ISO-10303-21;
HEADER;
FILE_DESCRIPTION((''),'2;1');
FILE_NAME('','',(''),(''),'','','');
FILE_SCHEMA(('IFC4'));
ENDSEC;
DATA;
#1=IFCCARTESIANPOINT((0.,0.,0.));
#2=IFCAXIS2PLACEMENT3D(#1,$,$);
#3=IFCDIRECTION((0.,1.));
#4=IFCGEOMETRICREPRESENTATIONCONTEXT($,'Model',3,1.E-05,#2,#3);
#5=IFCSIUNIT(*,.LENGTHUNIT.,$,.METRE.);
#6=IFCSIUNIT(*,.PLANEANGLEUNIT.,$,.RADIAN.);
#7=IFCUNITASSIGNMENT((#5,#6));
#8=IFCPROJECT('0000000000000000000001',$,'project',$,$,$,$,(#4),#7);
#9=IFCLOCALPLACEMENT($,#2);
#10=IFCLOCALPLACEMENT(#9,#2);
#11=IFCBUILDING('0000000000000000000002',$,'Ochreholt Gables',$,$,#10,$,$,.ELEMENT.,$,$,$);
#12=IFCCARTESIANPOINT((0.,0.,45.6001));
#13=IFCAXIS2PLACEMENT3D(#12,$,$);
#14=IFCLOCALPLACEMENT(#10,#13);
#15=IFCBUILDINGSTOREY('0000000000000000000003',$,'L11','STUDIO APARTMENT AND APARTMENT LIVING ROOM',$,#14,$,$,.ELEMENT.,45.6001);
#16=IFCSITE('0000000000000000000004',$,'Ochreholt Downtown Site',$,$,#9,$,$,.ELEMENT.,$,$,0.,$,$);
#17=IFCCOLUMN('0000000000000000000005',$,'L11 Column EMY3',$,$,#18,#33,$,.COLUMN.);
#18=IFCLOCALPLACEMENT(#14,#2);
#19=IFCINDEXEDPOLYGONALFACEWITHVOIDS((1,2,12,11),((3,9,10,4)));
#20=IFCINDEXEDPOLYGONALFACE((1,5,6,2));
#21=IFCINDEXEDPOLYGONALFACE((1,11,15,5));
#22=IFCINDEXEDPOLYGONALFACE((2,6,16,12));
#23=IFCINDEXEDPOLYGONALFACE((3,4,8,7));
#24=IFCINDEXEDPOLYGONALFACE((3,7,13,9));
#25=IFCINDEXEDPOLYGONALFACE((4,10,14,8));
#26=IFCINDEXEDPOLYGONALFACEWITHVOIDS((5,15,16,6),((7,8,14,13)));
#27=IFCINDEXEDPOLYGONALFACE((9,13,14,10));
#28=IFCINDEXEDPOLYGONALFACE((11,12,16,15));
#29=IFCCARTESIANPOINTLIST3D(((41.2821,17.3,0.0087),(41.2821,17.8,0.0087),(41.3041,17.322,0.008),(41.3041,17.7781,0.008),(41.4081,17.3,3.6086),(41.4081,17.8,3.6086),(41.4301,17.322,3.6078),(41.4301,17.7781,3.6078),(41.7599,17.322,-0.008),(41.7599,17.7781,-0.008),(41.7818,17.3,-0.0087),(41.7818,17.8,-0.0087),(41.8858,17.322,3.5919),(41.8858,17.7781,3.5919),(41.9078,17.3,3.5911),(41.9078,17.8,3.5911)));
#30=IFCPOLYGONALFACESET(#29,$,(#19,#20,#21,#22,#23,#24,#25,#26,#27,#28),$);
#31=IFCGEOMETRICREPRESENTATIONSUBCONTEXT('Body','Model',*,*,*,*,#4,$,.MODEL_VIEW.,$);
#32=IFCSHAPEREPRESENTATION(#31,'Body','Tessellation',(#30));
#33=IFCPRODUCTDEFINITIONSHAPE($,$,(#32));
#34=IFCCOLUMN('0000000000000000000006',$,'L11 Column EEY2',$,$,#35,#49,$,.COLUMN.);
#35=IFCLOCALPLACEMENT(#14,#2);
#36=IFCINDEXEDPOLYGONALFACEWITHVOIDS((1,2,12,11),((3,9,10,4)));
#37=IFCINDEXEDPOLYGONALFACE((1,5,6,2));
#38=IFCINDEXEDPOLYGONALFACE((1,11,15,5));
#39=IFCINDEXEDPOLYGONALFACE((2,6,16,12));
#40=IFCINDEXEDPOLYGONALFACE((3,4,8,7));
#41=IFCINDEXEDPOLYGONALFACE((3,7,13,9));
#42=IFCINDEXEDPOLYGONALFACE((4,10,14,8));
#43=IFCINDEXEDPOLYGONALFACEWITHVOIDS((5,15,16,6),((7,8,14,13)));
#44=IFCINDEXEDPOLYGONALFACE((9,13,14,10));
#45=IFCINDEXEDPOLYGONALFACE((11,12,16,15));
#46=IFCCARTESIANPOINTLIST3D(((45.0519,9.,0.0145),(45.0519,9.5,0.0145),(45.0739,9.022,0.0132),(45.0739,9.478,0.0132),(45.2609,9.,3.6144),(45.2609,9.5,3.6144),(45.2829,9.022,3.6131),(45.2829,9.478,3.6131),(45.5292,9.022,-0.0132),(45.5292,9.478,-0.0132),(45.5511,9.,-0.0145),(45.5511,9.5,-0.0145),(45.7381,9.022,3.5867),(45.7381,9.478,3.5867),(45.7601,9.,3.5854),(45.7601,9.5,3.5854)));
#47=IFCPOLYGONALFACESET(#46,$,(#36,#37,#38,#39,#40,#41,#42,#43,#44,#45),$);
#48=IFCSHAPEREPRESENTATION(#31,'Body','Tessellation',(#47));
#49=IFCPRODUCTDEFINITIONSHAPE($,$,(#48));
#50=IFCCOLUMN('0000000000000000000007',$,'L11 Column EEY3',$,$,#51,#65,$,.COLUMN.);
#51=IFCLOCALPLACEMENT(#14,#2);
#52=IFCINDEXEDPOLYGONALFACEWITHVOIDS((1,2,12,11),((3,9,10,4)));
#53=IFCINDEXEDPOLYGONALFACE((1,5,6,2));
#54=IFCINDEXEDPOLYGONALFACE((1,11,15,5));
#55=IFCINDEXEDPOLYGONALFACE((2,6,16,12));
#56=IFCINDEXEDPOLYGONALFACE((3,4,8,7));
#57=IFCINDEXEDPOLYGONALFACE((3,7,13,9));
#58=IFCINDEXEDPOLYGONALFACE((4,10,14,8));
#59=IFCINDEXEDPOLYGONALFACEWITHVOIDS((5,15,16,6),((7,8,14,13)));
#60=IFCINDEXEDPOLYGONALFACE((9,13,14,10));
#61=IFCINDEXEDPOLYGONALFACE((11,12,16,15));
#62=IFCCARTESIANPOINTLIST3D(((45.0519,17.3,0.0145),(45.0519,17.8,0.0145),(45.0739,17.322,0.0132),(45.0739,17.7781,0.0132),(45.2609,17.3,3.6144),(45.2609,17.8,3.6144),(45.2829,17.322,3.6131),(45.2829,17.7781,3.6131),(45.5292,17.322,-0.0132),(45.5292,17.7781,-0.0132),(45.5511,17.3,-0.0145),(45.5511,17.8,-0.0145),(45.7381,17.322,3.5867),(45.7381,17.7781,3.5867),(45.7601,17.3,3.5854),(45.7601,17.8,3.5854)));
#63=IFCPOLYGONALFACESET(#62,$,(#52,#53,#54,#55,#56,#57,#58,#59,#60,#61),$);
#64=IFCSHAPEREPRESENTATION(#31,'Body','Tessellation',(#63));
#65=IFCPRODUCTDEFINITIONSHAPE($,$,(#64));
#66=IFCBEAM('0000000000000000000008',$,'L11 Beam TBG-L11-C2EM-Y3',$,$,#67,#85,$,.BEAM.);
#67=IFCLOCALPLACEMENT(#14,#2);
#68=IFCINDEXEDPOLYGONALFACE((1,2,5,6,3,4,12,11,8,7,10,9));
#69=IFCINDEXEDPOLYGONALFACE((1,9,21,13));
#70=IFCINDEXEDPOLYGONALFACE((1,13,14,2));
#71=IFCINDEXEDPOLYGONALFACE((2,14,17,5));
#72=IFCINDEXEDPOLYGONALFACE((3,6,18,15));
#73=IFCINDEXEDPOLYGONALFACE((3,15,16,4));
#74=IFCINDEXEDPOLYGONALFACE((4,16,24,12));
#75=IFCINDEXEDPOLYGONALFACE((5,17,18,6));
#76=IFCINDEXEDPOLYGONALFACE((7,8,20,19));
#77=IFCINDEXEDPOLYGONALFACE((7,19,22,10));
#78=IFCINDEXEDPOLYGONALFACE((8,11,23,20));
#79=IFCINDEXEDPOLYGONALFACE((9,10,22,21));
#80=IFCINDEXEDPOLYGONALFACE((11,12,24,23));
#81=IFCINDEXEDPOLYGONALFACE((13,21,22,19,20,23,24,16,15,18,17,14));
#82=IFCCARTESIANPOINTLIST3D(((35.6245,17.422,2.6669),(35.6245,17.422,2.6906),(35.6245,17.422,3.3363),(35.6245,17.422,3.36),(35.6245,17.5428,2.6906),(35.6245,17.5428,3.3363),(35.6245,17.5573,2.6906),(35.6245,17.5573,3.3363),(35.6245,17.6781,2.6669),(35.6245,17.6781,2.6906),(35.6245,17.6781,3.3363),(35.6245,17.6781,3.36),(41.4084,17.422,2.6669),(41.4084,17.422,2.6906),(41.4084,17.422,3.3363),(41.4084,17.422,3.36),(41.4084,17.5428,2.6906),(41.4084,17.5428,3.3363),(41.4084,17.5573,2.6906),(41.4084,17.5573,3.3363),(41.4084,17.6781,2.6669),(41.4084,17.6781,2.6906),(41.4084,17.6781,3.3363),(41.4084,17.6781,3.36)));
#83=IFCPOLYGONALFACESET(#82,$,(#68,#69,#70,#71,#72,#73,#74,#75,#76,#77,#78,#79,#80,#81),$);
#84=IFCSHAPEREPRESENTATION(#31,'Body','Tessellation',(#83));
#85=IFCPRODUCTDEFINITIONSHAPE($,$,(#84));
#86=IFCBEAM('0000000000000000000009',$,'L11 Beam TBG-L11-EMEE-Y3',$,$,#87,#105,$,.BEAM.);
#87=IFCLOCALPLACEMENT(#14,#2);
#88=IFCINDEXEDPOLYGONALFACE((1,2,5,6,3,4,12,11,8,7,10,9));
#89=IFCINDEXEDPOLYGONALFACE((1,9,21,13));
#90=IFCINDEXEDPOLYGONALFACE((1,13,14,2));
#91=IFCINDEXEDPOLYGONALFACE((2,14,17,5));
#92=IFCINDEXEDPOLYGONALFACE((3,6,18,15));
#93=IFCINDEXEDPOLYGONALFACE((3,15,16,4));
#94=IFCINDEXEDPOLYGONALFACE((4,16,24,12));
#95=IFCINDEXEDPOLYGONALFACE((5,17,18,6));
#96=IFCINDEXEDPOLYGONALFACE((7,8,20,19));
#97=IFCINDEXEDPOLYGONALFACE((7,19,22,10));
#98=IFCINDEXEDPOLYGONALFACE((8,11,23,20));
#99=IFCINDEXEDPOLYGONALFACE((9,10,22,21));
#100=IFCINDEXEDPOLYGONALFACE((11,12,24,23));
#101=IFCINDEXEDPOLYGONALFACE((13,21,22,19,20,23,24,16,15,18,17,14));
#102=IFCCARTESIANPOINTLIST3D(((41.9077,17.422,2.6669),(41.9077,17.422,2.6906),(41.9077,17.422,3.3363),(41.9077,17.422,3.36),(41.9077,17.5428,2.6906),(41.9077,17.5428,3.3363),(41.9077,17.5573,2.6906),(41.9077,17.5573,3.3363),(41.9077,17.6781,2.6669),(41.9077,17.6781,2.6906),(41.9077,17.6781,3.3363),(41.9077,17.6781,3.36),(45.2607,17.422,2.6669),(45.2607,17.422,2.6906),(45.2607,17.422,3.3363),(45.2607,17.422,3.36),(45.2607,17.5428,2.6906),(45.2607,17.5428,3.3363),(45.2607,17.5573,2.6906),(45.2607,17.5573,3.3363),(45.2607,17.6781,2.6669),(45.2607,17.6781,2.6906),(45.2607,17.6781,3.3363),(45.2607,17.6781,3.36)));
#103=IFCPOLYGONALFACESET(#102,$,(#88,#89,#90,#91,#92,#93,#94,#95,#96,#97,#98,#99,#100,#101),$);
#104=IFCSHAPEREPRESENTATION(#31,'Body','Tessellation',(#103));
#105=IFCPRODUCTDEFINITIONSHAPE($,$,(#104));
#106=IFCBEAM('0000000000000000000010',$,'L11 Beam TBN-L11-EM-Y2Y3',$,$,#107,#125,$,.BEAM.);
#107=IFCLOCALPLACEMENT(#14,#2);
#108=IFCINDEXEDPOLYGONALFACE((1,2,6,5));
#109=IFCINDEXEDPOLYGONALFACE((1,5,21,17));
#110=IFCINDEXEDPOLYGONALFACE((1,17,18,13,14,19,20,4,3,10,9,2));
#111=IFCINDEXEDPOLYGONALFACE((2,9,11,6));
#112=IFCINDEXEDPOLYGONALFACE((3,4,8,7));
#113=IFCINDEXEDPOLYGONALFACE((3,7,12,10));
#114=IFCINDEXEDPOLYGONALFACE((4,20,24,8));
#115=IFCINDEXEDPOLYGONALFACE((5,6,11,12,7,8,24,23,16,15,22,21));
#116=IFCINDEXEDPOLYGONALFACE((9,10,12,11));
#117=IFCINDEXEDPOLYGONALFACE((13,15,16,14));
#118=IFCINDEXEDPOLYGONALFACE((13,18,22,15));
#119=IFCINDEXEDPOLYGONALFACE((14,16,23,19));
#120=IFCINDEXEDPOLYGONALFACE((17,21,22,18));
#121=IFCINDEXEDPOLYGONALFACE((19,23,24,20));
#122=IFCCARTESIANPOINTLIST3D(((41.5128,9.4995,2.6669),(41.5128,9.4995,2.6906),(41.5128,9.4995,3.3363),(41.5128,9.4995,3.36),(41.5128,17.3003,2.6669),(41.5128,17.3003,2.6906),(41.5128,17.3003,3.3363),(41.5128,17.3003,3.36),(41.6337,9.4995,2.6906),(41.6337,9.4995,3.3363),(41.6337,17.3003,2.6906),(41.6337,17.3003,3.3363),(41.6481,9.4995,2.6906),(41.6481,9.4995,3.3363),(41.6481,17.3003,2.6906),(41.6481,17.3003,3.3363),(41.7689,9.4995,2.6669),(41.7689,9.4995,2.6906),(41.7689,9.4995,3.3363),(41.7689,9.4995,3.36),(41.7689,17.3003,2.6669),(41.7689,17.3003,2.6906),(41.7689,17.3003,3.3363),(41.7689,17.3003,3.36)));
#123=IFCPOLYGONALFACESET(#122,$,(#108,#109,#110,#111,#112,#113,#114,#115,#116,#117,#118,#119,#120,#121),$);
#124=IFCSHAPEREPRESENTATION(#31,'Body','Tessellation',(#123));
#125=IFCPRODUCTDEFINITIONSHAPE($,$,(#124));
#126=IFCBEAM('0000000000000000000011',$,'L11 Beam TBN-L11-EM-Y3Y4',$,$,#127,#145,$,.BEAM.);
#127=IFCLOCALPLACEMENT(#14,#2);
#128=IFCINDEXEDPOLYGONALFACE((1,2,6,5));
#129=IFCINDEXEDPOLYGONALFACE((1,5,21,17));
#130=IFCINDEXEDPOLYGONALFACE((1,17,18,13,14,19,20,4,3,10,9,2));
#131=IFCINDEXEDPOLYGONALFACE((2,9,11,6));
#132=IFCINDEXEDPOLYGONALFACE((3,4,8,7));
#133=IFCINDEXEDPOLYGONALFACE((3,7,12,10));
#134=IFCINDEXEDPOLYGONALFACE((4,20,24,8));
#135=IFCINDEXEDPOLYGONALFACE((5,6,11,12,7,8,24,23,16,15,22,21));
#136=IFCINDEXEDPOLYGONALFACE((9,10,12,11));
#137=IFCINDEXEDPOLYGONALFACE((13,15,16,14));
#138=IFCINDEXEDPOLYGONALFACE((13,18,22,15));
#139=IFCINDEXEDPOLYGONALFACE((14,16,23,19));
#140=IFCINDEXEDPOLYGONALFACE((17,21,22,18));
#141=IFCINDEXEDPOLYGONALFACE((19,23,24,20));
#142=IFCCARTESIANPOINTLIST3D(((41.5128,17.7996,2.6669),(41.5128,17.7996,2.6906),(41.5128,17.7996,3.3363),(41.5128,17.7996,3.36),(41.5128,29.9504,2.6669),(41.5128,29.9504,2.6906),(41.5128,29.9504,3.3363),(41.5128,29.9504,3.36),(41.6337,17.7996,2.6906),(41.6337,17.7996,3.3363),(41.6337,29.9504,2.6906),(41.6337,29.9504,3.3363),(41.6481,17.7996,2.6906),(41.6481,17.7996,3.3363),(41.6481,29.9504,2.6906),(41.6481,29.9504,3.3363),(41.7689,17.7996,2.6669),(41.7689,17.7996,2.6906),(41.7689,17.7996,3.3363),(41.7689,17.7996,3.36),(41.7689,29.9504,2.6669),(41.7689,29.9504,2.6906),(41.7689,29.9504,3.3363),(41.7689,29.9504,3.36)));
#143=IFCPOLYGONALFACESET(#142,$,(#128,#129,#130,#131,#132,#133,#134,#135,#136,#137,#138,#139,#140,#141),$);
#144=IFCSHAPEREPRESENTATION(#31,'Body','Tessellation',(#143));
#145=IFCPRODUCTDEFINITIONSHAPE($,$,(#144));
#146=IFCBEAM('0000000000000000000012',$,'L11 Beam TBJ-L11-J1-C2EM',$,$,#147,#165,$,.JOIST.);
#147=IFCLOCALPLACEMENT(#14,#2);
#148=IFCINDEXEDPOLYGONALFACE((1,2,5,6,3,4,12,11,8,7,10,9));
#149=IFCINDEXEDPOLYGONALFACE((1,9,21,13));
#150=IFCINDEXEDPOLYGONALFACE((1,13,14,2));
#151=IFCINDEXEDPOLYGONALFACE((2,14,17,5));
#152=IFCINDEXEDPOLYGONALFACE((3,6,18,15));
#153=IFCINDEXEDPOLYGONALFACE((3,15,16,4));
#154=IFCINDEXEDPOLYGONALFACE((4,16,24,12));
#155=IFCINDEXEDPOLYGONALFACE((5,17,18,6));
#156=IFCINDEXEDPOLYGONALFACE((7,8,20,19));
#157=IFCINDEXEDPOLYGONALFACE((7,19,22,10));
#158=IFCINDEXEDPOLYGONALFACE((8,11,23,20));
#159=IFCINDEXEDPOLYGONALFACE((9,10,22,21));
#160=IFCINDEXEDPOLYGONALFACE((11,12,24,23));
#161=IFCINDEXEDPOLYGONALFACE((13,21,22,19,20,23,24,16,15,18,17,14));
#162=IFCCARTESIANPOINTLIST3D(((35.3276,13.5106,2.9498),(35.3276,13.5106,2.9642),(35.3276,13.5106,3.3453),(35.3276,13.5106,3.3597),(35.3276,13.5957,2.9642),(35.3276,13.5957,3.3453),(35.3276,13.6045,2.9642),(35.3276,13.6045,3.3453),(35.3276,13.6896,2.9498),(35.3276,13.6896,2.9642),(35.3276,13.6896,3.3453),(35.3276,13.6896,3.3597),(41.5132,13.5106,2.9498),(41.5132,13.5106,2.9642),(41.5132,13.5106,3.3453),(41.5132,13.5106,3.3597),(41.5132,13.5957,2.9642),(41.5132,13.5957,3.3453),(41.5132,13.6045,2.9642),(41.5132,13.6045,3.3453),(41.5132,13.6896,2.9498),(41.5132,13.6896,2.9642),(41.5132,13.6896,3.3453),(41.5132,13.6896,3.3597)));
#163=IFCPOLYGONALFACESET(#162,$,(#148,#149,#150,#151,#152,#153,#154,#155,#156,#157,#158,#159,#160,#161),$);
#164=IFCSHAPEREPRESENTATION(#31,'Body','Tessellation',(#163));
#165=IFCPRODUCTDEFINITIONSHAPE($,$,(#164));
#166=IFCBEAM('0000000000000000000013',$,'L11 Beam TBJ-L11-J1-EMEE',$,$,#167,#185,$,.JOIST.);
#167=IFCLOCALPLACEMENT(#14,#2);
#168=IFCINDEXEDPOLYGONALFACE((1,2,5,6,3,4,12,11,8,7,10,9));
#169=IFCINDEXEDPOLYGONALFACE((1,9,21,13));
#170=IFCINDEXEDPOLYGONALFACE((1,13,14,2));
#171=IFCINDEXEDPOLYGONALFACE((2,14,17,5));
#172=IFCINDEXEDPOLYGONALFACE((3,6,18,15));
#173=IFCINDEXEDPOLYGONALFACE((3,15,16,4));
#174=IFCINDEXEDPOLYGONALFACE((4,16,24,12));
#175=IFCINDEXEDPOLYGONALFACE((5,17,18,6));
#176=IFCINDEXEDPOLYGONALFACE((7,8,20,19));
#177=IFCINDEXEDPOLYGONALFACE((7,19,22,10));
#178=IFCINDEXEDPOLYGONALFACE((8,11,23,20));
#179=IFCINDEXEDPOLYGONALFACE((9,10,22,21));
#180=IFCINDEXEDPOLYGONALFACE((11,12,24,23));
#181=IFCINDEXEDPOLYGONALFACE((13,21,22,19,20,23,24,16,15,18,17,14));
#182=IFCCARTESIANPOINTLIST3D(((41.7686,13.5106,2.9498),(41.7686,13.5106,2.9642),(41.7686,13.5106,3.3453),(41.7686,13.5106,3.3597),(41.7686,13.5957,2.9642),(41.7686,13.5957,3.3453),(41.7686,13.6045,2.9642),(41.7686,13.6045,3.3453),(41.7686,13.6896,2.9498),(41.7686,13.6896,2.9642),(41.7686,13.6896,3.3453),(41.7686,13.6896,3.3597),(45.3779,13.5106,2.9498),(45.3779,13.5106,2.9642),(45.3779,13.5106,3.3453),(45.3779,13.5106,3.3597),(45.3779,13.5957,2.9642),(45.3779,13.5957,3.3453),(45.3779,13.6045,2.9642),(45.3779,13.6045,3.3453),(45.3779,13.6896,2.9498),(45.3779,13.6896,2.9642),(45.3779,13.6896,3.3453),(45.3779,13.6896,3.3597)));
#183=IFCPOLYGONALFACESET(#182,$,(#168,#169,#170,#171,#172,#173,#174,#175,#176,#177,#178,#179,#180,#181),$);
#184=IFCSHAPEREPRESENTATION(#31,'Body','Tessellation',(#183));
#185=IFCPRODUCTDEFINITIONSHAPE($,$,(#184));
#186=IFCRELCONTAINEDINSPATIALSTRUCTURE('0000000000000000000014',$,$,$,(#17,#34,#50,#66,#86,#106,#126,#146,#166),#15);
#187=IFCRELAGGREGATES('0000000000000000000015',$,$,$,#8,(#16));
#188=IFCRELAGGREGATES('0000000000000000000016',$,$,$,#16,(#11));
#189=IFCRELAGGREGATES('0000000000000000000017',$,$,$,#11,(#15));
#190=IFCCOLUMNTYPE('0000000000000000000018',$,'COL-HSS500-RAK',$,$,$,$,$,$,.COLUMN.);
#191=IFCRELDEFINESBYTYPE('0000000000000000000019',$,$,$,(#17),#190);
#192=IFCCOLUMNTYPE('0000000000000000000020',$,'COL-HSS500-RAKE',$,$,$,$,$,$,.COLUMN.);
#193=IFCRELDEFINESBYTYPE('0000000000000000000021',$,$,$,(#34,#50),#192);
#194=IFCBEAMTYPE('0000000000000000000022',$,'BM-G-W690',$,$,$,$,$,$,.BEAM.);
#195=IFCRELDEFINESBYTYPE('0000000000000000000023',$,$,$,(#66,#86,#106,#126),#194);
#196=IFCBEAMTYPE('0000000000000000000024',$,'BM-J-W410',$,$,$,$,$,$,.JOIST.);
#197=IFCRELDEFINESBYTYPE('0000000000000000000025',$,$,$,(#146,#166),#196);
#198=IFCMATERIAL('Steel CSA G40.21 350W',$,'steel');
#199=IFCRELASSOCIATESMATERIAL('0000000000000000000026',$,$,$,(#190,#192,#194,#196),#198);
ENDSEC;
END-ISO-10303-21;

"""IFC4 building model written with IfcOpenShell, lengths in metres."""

from ifc_helpers import new_model, si_unit, direction, frame, origin, origin_2d, place, context, subcontext, project, spatial, hollow_rectangle, i_section, extrude, material, material_profile, profile_set, type_object, element, save


model = new_model("IFC4")

# Units and contexts
model_context = context("Model", 3, precision=1e-05, world=origin(), true_north=direction((0.0, 1.0)))
body_context = subcontext(model_context, "Body", "Model", "MODEL_VIEW")
ifc_project = project(units=[si_unit("LENGTHUNIT", "METRE"), si_unit("PLANEANGLEUNIT", "RADIAN")], contexts=[model_context])

# Site, building, storey
site_placement = place(None, origin())
site = spatial("IfcSite", under=ifc_project, at=site_placement, Name="Ochreholt Downtown Site", CompositionType="ELEMENT", RefElevation=0.0)
building_placement = place(site_placement, origin())
building = spatial("IfcBuilding", under=site, at=building_placement, Name="Ochreholt Gables", CompositionType="ELEMENT")
storey_placement = place(building_placement, frame((0.0, 0.0, 45.6001)))
storey = spatial("IfcBuildingStorey", under=building, at=storey_placement, Name="L11", Description="STUDIO APARTMENT AND APARTMENT LIVING ROOM", CompositionType="ELEMENT", Elevation=45.6001)

# Columns
ifc_material_1 = material(Name="Steel CSA G40.21 350W", Category="steel")
ifc_material_profile_1 = material_profile(ifc_material_1, hollow_rectangle(XDim=0.5, YDim=0.5, WallThickness=0.022, at=origin_2d()), Name="HSS500X500X22")
ifc_profile_set_1 = profile_set([ifc_material_profile_1], Name="Steel CSA G40.21 350W")
column_type_1 = type_object("IfcColumnType", Name="COL-HSS500-RAK", PredefinedType="COLUMN", material=ifc_profile_set_1)
column_placement = place(storey_placement, frame((41.532, 17.55, 0.0), z_axis=(0.034974, 0.0, 0.999388), x_axis=(0.0, 1.0, 0.0)))
element("IfcColumn", 1, at=column_placement, inside=storey, type_object=column_type_1, Name="L11 Column EMY3", PredefinedType="COLUMN", context=body_context, shape_type="SweptSolid", body=[
    extrude(hollow_rectangle(XDim=0.5, YDim=0.5, WallThickness=0.022, at=origin_2d()), origin(), (0.0, 0.0, 1.0), 3.6021),
])
ifc_material_profile_2 = material_profile(ifc_material_1, hollow_rectangle(XDim=0.5, YDim=0.5, WallThickness=0.022, at=origin_2d()), Name="HSS500X500X22")
ifc_profile_set_2 = profile_set([ifc_material_profile_2], Name="Steel CSA G40.21 350W")
column_type_2 = type_object("IfcColumnType", Name="COL-HSS500-RAKE", PredefinedType="COLUMN", material=ifc_profile_set_2)
for number, where, z_axis, x_axis, name in (
    (2, (45.3015, 9.25, 0.0), (0.057956, 0.0, 0.998319), (0.0, 1.0, 0.0), "L11 Column EEY2"),
    (3, (45.3015, 17.55, 0.0), (0.057956, 0.0, 0.998319), (0.0, 1.0, 0.0), "L11 Column EEY3"),
):
    element("IfcColumn", number, at=place(storey_placement, frame(where, z_axis=z_axis, x_axis=x_axis)), inside=storey, type_object=column_type_2, Name=name, PredefinedType="COLUMN", context=body_context, shape_type="SweptSolid", body=[
        extrude(hollow_rectangle(XDim=0.5, YDim=0.5, WallThickness=0.022, at=origin_2d()), origin(), (0.0, 0.0, 1.0), 3.606),
    ])

# Beams
ifc_material_profile_3 = material_profile(ifc_material_1, i_section(OverallWidth=0.2561, OverallDepth=0.6931, WebThickness=0.0144, FlangeThickness=0.0237, at=origin_2d()), Name="W690X170")
ifc_profile_set_3 = profile_set([ifc_material_profile_3], Name="Steel CSA G40.21 350W")
beam_type_1 = type_object("IfcBeamType", Name="BM-G-W690", PredefinedType="BEAM", material=ifc_profile_set_3)
beam_1_placement = place(storey_placement, frame((35.6245, 17.55, 3.0134), z_axis=(1.0, 0.0, 0.0), x_axis=(0.0, 1.0, 0.0)))
element("IfcBeam", 4, at=beam_1_placement, inside=storey, type_object=beam_type_1, Name="L11 Beam TBG-L11-C2EM-Y3", PredefinedType="BEAM", context=body_context, shape_type="SweptSolid", body=[
    extrude(i_section(OverallWidth=0.2561, OverallDepth=0.6931, WebThickness=0.0144, FlangeThickness=0.0237, at=origin_2d()), origin(), (0.0, 0.0, 1.0), 5.7839),
])
beam_2_placement = place(storey_placement, frame((41.9077, 17.55, 3.0134), z_axis=(1.0, 0.0, 0.0), x_axis=(0.0, 1.0, 0.0)))
element("IfcBeam", 5, at=beam_2_placement, inside=storey, type_object=beam_type_1, Name="L11 Beam TBG-L11-EMEE-Y3", PredefinedType="BEAM", context=body_context, shape_type="SweptSolid", body=[
    extrude(i_section(OverallWidth=0.2561, OverallDepth=0.6931, WebThickness=0.0144, FlangeThickness=0.0237, at=origin_2d()), origin(), (0.0, 0.0, 1.0), 3.353),
])
beam_3_placement = place(storey_placement, frame((41.6409, 9.4995, 3.0134), z_axis=(0.0, 1.0, 0.0), x_axis=(-1.0, 0.0, 0.0)))
element("IfcBeam", 6, at=beam_3_placement, inside=storey, type_object=beam_type_1, Name="L11 Beam TBN-L11-EM-Y2Y3", PredefinedType="BEAM", context=body_context, shape_type="SweptSolid", body=[
    extrude(i_section(OverallWidth=0.2561, OverallDepth=0.6931, WebThickness=0.0144, FlangeThickness=0.0237, at=origin_2d()), origin(), (0.0, 0.0, 1.0), 7.8008),
])
beam_4_placement = place(storey_placement, frame((41.6409, 17.7996, 3.0134), z_axis=(0.0, 1.0, 0.0), x_axis=(-1.0, 0.0, 0.0)))
element("IfcBeam", 7, at=beam_4_placement, inside=storey, type_object=beam_type_1, Name="L11 Beam TBN-L11-EM-Y3Y4", PredefinedType="BEAM", context=body_context, shape_type="SweptSolid", body=[
    extrude(i_section(OverallWidth=0.2561, OverallDepth=0.6931, WebThickness=0.0144, FlangeThickness=0.0237, at=origin_2d()), origin(), (0.0, 0.0, 1.0), 12.1509),
])
ifc_material_profile_4 = material_profile(ifc_material_1, i_section(OverallWidth=0.179, OverallDepth=0.4099, WebThickness=0.0088, FlangeThickness=0.0144, at=origin_2d()), Name="W410X67")
ifc_profile_set_4 = profile_set([ifc_material_profile_4], Name="Steel CSA G40.21 350W")
beam_type_2 = type_object("IfcBeamType", Name="BM-J-W410", PredefinedType="JOIST", material=ifc_profile_set_4)
beam_5_placement = place(storey_placement, frame((35.3276, 13.6001, 3.1548), z_axis=(1.0, 0.0, 0.0), x_axis=(0.0, 1.0, 0.0)))
element("IfcBeam", 8, at=beam_5_placement, inside=storey, type_object=beam_type_2, Name="L11 Beam TBJ-L11-J1-C2EM", PredefinedType="JOIST", context=body_context, shape_type="SweptSolid", body=[
    extrude(i_section(OverallWidth=0.179, OverallDepth=0.4099, WebThickness=0.0088, FlangeThickness=0.0144, at=origin_2d()), origin(), (0.0, 0.0, 1.0), 6.1855),
])
beam_6_placement = place(storey_placement, frame((41.7686, 13.6001, 3.1548), z_axis=(1.0, 0.0, 0.0), x_axis=(0.0, 1.0, 0.0)))
element("IfcBeam", 9, at=beam_6_placement, inside=storey, type_object=beam_type_2, Name="L11 Beam TBJ-L11-J1-EMEE", PredefinedType="JOIST", context=body_context, shape_type="SweptSolid", body=[
    extrude(i_section(OverallWidth=0.179, OverallDepth=0.4099, WebThickness=0.0088, FlangeThickness=0.0144, at=origin_2d()), origin(), (0.0, 0.0, 1.0), 3.6094),
])

save(model, "model.ifc")
